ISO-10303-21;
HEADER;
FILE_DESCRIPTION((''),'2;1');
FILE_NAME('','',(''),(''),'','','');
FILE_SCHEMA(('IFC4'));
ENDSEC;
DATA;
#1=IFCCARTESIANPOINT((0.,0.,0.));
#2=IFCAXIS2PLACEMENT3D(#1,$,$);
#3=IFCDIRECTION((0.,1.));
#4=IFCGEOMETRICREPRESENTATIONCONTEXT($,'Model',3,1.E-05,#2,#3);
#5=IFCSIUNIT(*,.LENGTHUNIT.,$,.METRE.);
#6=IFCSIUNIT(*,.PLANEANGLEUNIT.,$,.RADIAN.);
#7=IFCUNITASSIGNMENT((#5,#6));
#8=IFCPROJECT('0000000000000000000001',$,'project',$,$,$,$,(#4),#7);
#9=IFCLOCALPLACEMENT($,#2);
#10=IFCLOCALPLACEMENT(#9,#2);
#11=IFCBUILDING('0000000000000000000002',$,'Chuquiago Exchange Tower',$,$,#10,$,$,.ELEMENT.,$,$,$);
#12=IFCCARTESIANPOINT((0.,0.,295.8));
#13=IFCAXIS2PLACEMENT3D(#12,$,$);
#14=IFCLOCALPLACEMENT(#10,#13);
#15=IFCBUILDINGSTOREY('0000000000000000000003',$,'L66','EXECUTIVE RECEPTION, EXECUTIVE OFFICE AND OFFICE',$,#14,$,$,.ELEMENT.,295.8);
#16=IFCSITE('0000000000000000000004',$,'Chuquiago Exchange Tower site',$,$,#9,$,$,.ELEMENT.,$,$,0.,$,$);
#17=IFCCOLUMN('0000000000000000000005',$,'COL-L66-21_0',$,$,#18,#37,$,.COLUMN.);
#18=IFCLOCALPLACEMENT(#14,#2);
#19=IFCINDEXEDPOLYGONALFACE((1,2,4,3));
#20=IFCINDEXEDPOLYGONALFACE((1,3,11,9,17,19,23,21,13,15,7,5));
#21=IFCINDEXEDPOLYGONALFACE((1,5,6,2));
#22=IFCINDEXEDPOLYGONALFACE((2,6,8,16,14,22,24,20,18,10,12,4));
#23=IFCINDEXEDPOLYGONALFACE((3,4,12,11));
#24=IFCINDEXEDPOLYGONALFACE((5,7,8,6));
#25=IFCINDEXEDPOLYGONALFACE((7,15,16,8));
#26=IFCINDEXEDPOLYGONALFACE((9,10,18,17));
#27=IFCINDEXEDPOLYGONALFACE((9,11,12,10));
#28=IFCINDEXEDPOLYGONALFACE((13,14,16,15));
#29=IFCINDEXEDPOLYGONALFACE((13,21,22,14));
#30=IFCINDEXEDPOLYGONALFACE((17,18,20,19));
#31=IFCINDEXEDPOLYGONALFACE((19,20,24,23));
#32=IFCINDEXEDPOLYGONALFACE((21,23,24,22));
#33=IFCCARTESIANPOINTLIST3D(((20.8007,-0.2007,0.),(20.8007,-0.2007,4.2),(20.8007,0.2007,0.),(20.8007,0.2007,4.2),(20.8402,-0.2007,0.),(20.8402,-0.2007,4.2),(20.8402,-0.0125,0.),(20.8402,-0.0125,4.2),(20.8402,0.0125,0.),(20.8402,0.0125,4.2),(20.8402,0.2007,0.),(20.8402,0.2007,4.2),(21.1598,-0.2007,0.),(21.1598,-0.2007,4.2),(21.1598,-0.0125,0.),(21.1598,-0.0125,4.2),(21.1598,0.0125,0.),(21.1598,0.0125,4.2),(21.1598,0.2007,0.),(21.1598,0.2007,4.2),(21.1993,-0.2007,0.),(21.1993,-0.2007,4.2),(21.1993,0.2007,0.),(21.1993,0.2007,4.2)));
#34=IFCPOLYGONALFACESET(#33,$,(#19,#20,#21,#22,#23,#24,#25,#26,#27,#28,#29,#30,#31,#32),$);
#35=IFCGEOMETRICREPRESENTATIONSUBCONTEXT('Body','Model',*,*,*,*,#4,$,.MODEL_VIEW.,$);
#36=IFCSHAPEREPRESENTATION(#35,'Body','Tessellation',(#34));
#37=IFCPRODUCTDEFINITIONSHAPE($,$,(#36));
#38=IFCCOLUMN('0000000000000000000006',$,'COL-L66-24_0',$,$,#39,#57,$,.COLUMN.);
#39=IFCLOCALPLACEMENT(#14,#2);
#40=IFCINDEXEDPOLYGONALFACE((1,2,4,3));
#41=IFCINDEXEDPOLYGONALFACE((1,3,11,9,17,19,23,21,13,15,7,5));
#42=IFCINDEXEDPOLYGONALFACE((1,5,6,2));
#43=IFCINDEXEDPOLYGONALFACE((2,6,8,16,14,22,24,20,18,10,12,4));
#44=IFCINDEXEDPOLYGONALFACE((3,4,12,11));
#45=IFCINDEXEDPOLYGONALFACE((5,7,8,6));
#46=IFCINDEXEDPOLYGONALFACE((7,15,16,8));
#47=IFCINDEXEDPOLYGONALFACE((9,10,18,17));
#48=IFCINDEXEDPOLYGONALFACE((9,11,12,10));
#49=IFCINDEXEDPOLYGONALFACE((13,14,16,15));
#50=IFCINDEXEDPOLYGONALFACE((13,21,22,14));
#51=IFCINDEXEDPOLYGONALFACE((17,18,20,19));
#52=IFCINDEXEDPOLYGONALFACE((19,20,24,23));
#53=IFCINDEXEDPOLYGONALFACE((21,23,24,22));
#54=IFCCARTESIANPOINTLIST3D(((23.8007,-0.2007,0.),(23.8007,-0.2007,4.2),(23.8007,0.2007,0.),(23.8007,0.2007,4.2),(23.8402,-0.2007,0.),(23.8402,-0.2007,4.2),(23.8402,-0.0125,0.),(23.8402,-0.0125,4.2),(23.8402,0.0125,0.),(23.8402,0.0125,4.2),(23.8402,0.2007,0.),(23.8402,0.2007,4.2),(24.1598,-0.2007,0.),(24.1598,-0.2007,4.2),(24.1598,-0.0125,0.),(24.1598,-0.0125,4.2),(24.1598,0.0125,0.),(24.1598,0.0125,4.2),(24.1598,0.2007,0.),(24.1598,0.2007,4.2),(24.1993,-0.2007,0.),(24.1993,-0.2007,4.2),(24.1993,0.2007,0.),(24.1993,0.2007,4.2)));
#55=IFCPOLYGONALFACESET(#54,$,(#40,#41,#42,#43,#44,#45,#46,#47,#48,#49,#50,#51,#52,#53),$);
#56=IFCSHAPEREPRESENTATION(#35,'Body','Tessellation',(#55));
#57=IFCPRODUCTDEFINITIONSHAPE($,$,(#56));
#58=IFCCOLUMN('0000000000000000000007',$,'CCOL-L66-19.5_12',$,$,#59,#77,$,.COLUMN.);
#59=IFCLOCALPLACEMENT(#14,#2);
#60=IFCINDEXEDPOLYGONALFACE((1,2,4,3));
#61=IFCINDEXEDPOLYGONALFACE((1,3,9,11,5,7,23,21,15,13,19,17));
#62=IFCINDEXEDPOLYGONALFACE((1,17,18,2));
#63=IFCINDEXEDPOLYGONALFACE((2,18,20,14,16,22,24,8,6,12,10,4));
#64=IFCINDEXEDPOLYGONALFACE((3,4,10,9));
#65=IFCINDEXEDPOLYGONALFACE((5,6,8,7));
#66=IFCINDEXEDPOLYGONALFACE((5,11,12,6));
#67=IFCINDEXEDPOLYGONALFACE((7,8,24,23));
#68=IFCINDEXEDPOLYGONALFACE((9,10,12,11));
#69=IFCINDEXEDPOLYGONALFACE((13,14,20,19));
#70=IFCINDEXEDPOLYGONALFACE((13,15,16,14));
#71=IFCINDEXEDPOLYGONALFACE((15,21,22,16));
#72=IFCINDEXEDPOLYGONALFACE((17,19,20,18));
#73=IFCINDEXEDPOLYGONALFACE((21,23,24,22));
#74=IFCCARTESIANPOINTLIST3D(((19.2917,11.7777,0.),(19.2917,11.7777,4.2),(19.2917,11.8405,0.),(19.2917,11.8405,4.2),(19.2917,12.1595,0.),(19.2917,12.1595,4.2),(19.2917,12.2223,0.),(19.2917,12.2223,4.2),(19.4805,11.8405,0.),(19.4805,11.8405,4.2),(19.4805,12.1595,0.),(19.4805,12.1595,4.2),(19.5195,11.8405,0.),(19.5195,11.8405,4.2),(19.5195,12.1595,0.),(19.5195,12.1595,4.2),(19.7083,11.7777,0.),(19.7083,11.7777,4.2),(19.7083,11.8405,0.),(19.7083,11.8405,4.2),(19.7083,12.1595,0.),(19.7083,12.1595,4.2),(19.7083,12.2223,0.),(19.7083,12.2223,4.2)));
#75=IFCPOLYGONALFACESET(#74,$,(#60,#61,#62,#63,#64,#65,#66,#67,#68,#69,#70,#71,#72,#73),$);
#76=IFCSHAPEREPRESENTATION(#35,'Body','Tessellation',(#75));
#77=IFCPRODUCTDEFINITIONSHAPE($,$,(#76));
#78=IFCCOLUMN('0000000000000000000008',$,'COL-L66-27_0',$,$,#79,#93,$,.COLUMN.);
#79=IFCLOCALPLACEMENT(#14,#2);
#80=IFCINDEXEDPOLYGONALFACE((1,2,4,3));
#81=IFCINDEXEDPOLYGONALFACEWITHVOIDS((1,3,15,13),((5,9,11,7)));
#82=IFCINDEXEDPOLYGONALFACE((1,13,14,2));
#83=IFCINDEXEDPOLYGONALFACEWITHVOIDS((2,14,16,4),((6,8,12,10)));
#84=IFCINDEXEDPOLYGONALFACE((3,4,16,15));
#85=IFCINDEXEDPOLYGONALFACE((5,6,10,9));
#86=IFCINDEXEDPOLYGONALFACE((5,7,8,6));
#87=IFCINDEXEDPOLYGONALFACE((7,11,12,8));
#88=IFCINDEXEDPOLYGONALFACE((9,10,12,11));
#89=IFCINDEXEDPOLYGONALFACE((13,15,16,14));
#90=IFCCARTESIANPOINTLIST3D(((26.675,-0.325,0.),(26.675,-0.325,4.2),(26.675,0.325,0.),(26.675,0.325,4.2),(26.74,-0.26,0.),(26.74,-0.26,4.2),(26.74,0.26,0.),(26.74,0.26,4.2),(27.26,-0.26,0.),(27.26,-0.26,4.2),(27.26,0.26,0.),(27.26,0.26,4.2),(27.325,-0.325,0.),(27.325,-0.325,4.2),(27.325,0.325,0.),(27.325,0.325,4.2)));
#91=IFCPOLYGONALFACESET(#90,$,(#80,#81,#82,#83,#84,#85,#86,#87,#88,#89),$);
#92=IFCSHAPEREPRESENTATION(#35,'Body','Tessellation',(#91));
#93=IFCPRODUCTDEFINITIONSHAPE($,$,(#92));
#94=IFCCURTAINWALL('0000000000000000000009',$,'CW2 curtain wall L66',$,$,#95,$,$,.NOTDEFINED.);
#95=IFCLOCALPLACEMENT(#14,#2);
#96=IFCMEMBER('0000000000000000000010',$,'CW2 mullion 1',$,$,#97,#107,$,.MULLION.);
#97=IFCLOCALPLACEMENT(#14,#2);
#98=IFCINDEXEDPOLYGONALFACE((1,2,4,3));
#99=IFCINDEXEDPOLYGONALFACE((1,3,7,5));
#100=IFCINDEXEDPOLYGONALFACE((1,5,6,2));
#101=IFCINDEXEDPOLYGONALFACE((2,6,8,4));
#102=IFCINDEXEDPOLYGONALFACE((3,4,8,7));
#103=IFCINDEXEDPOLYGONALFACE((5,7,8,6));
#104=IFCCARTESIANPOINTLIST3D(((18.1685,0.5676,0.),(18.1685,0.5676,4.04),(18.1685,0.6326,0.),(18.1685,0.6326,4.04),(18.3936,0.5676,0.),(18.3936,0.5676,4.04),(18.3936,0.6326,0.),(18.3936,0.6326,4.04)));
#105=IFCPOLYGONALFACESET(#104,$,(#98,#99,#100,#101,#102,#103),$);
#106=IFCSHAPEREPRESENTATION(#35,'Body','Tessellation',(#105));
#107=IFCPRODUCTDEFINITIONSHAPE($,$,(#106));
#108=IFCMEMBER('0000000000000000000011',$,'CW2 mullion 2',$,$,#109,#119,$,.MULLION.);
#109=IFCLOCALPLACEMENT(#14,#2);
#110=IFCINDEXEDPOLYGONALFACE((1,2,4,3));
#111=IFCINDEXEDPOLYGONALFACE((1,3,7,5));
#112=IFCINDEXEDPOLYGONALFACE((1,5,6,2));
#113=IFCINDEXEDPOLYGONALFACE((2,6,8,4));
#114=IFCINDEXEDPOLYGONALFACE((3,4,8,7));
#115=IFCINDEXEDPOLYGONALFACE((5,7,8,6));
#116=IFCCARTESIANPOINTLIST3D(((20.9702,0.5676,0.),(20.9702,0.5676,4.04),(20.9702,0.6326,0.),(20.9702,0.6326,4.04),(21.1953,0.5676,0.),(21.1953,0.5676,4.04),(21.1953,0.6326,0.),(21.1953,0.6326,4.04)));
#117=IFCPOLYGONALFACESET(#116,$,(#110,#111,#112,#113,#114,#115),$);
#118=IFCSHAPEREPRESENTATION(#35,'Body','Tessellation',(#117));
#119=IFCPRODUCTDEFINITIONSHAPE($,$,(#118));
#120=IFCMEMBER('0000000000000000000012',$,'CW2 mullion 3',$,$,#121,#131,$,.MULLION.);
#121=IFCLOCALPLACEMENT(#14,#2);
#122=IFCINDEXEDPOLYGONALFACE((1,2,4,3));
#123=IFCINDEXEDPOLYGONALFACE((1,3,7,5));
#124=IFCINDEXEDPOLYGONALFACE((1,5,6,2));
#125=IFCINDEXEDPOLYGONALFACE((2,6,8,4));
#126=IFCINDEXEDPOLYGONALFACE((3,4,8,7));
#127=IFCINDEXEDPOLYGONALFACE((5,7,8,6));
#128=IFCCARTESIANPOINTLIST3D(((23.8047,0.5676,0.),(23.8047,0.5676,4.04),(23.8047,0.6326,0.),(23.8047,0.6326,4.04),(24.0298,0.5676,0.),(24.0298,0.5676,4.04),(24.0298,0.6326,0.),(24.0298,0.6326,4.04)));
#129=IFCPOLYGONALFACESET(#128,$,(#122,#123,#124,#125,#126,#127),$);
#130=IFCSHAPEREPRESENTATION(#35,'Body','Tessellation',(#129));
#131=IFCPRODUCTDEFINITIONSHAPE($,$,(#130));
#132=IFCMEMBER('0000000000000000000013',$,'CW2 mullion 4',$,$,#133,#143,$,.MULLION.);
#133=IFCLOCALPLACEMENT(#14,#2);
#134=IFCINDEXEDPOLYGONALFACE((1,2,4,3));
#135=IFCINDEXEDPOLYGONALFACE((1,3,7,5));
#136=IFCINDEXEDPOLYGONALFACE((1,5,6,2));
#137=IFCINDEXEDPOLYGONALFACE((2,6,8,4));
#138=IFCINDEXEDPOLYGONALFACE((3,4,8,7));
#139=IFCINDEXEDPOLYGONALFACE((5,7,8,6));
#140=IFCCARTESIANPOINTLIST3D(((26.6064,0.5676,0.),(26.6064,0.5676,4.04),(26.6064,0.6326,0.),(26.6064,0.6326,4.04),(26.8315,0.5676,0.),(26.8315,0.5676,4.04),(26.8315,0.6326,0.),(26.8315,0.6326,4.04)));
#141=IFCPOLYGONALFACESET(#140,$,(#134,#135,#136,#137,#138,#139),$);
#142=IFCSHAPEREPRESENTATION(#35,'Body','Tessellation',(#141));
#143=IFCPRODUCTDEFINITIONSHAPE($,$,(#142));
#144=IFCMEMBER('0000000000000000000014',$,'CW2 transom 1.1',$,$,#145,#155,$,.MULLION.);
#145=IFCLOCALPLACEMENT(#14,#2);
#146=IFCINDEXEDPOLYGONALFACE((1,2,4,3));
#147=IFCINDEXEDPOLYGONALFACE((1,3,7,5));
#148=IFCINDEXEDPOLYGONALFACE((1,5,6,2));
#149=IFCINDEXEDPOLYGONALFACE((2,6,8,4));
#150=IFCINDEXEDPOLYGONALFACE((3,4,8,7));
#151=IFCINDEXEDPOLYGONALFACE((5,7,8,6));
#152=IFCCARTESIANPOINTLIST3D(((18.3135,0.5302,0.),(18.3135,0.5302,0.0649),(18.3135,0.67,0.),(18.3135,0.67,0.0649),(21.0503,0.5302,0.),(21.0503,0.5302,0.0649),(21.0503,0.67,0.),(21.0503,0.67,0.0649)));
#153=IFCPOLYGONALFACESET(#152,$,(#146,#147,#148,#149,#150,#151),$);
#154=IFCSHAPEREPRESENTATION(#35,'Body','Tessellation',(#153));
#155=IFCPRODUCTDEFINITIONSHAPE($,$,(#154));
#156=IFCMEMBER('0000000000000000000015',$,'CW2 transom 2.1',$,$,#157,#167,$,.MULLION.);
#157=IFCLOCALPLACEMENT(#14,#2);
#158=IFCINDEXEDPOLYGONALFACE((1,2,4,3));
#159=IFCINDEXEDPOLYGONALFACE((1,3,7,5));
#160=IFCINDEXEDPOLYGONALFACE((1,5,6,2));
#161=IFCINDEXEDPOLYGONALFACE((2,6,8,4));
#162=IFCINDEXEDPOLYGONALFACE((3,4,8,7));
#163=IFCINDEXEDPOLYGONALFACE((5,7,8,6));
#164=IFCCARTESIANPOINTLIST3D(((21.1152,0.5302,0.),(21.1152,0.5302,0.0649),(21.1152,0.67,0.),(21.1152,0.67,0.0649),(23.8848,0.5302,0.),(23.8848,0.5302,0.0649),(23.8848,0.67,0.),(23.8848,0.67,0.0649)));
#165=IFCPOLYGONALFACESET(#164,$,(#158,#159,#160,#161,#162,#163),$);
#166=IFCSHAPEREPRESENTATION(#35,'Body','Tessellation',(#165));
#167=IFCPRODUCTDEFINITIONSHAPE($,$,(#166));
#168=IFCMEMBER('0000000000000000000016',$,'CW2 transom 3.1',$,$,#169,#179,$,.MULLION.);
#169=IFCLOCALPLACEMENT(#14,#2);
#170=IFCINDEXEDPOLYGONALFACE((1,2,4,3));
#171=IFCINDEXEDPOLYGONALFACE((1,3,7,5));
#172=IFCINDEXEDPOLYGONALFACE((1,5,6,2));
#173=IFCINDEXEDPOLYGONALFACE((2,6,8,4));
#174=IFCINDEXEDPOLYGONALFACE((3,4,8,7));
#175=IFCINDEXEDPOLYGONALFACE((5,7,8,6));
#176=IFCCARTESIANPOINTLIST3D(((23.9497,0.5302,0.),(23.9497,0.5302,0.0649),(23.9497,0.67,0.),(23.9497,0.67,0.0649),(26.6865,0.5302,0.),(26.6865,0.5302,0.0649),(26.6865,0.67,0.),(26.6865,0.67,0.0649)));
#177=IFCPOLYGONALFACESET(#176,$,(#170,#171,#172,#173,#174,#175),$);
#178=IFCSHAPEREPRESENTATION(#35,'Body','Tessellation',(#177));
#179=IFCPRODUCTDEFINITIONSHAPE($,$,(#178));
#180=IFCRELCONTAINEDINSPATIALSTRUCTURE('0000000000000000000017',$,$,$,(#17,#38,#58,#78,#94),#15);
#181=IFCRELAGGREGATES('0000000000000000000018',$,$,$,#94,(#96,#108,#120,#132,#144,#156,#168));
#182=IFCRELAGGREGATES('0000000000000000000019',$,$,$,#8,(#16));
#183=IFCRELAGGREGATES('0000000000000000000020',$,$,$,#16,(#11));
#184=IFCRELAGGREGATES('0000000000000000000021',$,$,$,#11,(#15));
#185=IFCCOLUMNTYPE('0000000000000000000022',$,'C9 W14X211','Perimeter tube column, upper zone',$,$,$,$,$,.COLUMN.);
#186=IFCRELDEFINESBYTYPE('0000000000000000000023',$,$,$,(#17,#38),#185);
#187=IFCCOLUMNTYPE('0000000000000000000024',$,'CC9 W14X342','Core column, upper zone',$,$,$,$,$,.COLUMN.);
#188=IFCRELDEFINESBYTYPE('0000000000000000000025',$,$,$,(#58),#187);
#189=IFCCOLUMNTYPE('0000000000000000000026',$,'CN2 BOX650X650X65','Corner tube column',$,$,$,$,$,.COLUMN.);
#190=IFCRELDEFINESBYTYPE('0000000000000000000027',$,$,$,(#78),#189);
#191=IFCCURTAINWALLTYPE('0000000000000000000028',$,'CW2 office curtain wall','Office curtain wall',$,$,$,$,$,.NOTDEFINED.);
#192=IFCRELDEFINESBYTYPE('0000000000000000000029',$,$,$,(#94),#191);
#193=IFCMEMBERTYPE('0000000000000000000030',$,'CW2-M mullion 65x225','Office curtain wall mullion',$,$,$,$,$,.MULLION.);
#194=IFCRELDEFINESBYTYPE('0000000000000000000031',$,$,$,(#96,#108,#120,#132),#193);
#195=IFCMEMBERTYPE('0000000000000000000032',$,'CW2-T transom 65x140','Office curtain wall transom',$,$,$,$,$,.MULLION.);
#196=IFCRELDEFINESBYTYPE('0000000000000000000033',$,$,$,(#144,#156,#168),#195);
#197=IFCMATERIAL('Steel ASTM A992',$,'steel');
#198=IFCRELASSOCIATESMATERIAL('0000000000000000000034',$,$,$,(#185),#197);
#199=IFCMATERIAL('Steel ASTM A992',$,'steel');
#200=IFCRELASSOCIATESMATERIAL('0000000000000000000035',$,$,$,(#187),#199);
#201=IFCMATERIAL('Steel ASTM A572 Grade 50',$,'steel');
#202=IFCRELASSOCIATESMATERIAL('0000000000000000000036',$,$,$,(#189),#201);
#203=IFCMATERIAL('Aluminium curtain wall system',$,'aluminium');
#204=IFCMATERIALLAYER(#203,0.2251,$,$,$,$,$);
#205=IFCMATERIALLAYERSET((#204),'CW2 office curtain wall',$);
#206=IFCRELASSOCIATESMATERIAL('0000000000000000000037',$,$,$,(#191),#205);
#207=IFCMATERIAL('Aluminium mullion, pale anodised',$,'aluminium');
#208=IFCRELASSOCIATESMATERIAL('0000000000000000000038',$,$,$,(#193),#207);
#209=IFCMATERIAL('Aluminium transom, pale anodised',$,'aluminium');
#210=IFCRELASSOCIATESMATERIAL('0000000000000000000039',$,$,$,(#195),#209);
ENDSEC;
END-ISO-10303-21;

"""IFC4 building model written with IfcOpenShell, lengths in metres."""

from ifc_helpers import new_model, si_unit, direction, frame, origin, origin_2d, place, context, subcontext, project, spatial, rectangle, hollow_rectangle, i_section, extrude, material, layer, layer_set, material_profile, profile_set, type_object, element, aggregate, save


model = new_model("IFC4")

# Units and contexts
model_context = context("Model", 3, precision=1e-05, world=origin(), true_north=direction((0.0, 1.0)))
body_context = subcontext(model_context, "Body", "Model", "MODEL_VIEW")
ifc_project = project(units=[si_unit("LENGTHUNIT", "METRE"), si_unit("PLANEANGLEUNIT", "RADIAN")], contexts=[model_context])

# Site, building, storey
site_placement = place(None, origin())
site = spatial("IfcSite", under=ifc_project, at=site_placement, Name="Chuquiago Exchange Tower site", CompositionType="ELEMENT", RefElevation=0.0)
building_placement = place(site_placement, origin())
building = spatial("IfcBuilding", under=site, at=building_placement, Name="Chuquiago Exchange Tower", CompositionType="ELEMENT")
storey_placement = place(building_placement, frame((0.0, 0.0, 295.8)))
storey = spatial("IfcBuildingStorey", under=building, at=storey_placement, Name="L66", Description="EXECUTIVE RECEPTION, EXECUTIVE OFFICE AND OFFICE", CompositionType="ELEMENT", Elevation=295.8)

# Columns
ifc_material_1 = material(Name="Steel ASTM A992", Category="steel")
ifc_material_profile_1 = material_profile(ifc_material_1, i_section(OverallWidth=0.4014, OverallDepth=0.3987, WebThickness=0.0249, FlangeThickness=0.0396, at=origin_2d()), Name="W14X211")
ifc_profile_set_1 = profile_set([ifc_material_profile_1], Name="Steel ASTM A992")
column_type_1 = type_object("IfcColumnType", Name="C9 W14X211", Description="Perimeter tube column, upper zone", PredefinedType="COLUMN", material=ifc_profile_set_1)
for number, where, z_axis, x_axis, name in (
    (1, (21.0, 0.0, 0.0), (0.0, 0.0, 1.0), (0.0, -1.0, 0.0), "COL-L66-21_0"),
    (2, (24.0, 0.0, 0.0), (0.0, 0.0, 1.0), (0.0, -1.0, 0.0), "COL-L66-24_0"),
):
    element("IfcColumn", number, at=place(storey_placement, frame(where, z_axis=z_axis, x_axis=x_axis)), inside=storey, type_object=column_type_1, Name=name, PredefinedType="COLUMN", context=body_context, shape_type="SweptSolid", body=[
        extrude(i_section(OverallWidth=0.4014, OverallDepth=0.3987, WebThickness=0.0249, FlangeThickness=0.0396, at=origin_2d()), origin(), (0.0, 0.0, 1.0), 4.2),
    ])
ifc_material_2 = material(Name="Steel ASTM A992", Category="steel")
ifc_material_profile_2 = material_profile(ifc_material_2, i_section(OverallWidth=0.4165, OverallDepth=0.4446, WebThickness=0.0391, FlangeThickness=0.0627, at=origin_2d()), Name="W14X342")
ifc_profile_set_2 = profile_set([ifc_material_profile_2], Name="Steel ASTM A992")
column_type_2 = type_object("IfcColumnType", Name="CC9 W14X342", Description="Core column, upper zone", PredefinedType="COLUMN", material=ifc_profile_set_2)
column_1_placement = place(storey_placement, frame((19.5, 12.0, 0.0), z_axis=(0.0, 0.0, 1.0), x_axis=(1.0, 0.0, 0.0)))
element("IfcColumn", 3, at=column_1_placement, inside=storey, type_object=column_type_2, Name="CCOL-L66-19.5_12", PredefinedType="COLUMN", context=body_context, shape_type="SweptSolid", body=[
    extrude(i_section(OverallWidth=0.4165, OverallDepth=0.4446, WebThickness=0.0391, FlangeThickness=0.0627, at=origin_2d()), origin(), (0.0, 0.0, 1.0), 4.2),
])
ifc_material_3 = material(Name="Steel ASTM A572 Grade 50", Category="steel")
ifc_material_profile_3 = material_profile(ifc_material_3, hollow_rectangle(XDim=0.6499, YDim=0.6499, WallThickness=0.0649, at=origin_2d()), Name="BOX650X650X65")
ifc_profile_set_3 = profile_set([ifc_material_profile_3], Name="Steel ASTM A572 Grade 50")
column_type_3 = type_object("IfcColumnType", Name="CN2 BOX650X650X65", Description="Corner tube column", PredefinedType="COLUMN", material=ifc_profile_set_3)
column_2_placement = place(storey_placement, frame((27.0, 0.0, 0.0), z_axis=(0.0, 0.0, 1.0), x_axis=(0.0, -1.0, 0.0)))
element("IfcColumn", 4, at=column_2_placement, inside=storey, type_object=column_type_3, Name="COL-L66-27_0", PredefinedType="COLUMN", context=body_context, shape_type="SweptSolid", body=[
    extrude(hollow_rectangle(XDim=0.6499, YDim=0.6499, WallThickness=0.0649, at=origin_2d()), origin(), (0.0, 0.0, 1.0), 4.2),
])

# Curtain wall, members
ifc_material_4 = material(Name="Aluminium curtain wall system", Category="aluminium")
ifc_layer_1 = layer(ifc_material_4, 0.2251)
ifc_layer_set_1 = layer_set([ifc_layer_1], Name="CW2 office curtain wall")
curtain_wall_type_1 = type_object("IfcCurtainWallType", Name="CW2 office curtain wall", Description="Office curtain wall", PredefinedType="NOTDEFINED", material=ifc_layer_set_1)
curtain_wall_1_placement = place(storey_placement, origin())
curtain_wall_1 = element("IfcCurtainWall", 5, at=curtain_wall_1_placement, inside=storey, type_object=curtain_wall_type_1, Name="CW2 curtain wall L66", PredefinedType="NOTDEFINED")
ifc_material_5 = material(Name="Aluminium mullion, pale anodised", Category="aluminium")
ifc_material_profile_4 = material_profile(ifc_material_5, rectangle(XDim=0.0649, YDim=0.2251, at=origin_2d()), Name="AL 65x225")
ifc_profile_set_4 = profile_set([ifc_material_profile_4], Name="Aluminium mullion, pale anodised")
member_type_1 = type_object("IfcMemberType", Name="CW2-M mullion 65x225", Description="Office curtain wall mullion", PredefinedType="MULLION", material=ifc_profile_set_4)
member_1_placement = place(storey_placement, frame((18.281, 0.6001, 0.0), z_axis=(0.0, 0.0, 1.0), x_axis=(0.0, 1.0, 0.0)))
member_1 = element("IfcMember", 6, at=member_1_placement, type_object=member_type_1, Name="CW2 mullion 1", PredefinedType="MULLION", context=body_context, shape_type="SweptSolid", body=[
    extrude(rectangle(XDim=0.0649, YDim=0.2251, at=origin_2d()), origin(), (0.0, 0.0, 1.0), 4.04),
])
member_2_placement = place(storey_placement, frame((21.0828, 0.6001, 0.0), z_axis=(0.0, 0.0, 1.0), x_axis=(0.0, 1.0, 0.0)))
member_2 = element("IfcMember", 7, at=member_2_placement, type_object=member_type_1, Name="CW2 mullion 2", PredefinedType="MULLION", context=body_context, shape_type="SweptSolid", body=[
    extrude(rectangle(XDim=0.0649, YDim=0.2251, at=origin_2d()), origin(), (0.0, 0.0, 1.0), 4.04),
])
member_3_placement = place(storey_placement, frame((23.9172, 0.6001, 0.0), z_axis=(0.0, 0.0, 1.0), x_axis=(0.0, 1.0, 0.0)))
member_3 = element("IfcMember", 8, at=member_3_placement, type_object=member_type_1, Name="CW2 mullion 3", PredefinedType="MULLION", context=body_context, shape_type="SweptSolid", body=[
    extrude(rectangle(XDim=0.0649, YDim=0.2251, at=origin_2d()), origin(), (0.0, 0.0, 1.0), 4.04),
])
member_4_placement = place(storey_placement, frame((26.719, 0.6001, 0.0), z_axis=(0.0, 0.0, 1.0), x_axis=(0.0, 1.0, 0.0)))
member_4 = element("IfcMember", 9, at=member_4_placement, type_object=member_type_1, Name="CW2 mullion 4", PredefinedType="MULLION", context=body_context, shape_type="SweptSolid", body=[
    extrude(rectangle(XDim=0.0649, YDim=0.2251, at=origin_2d()), origin(), (0.0, 0.0, 1.0), 4.04),
])
ifc_material_6 = material(Name="Aluminium transom, pale anodised", Category="aluminium")
ifc_material_profile_5 = material_profile(ifc_material_6, rectangle(XDim=0.1399, YDim=0.0649, at=origin_2d()), Name="AL 140x65")
ifc_profile_set_5 = profile_set([ifc_material_profile_5], Name="Aluminium transom, pale anodised")
member_type_2 = type_object("IfcMemberType", Name="CW2-T transom 65x140", Description="Office curtain wall transom", PredefinedType="MULLION", material=ifc_profile_set_5)
member_5_placement = place(storey_placement, frame((18.3135, 0.6001, 0.0325), z_axis=(1.0, 0.0, 0.0), x_axis=(0.0, 1.0, 0.0)))
member_5 = element("IfcMember", 10, at=member_5_placement, type_object=member_type_2, Name="CW2 transom 1.1", PredefinedType="MULLION", context=body_context, shape_type="SweptSolid", body=[
    extrude(rectangle(XDim=0.1399, YDim=0.0649, at=origin_2d()), origin(), (0.0, 0.0, 1.0), 2.7368),
])
member_6_placement = place(storey_placement, frame((21.1152, 0.6001, 0.0325), z_axis=(1.0, 0.0, 0.0), x_axis=(0.0, 1.0, 0.0)))
member_6 = element("IfcMember", 11, at=member_6_placement, type_object=member_type_2, Name="CW2 transom 2.1", PredefinedType="MULLION", context=body_context, shape_type="SweptSolid", body=[
    extrude(rectangle(XDim=0.1399, YDim=0.0649, at=origin_2d()), origin(), (0.0, 0.0, 1.0), 2.7695),
])
member_7_placement = place(storey_placement, frame((23.9497, 0.6001, 0.0325), z_axis=(1.0, 0.0, 0.0), x_axis=(0.0, 1.0, 0.0)))
member_7 = element("IfcMember", 12, at=member_7_placement, type_object=member_type_2, Name="CW2 transom 3.1", PredefinedType="MULLION", context=body_context, shape_type="SweptSolid", body=[
    extrude(rectangle(XDim=0.1399, YDim=0.0649, at=origin_2d()), origin(), (0.0, 0.0, 1.0), 2.7368),
])

aggregate(curtain_wall_1, [member_1, member_2, member_3, member_4, member_5, member_6, member_7])

save(model, "model.ifc")
